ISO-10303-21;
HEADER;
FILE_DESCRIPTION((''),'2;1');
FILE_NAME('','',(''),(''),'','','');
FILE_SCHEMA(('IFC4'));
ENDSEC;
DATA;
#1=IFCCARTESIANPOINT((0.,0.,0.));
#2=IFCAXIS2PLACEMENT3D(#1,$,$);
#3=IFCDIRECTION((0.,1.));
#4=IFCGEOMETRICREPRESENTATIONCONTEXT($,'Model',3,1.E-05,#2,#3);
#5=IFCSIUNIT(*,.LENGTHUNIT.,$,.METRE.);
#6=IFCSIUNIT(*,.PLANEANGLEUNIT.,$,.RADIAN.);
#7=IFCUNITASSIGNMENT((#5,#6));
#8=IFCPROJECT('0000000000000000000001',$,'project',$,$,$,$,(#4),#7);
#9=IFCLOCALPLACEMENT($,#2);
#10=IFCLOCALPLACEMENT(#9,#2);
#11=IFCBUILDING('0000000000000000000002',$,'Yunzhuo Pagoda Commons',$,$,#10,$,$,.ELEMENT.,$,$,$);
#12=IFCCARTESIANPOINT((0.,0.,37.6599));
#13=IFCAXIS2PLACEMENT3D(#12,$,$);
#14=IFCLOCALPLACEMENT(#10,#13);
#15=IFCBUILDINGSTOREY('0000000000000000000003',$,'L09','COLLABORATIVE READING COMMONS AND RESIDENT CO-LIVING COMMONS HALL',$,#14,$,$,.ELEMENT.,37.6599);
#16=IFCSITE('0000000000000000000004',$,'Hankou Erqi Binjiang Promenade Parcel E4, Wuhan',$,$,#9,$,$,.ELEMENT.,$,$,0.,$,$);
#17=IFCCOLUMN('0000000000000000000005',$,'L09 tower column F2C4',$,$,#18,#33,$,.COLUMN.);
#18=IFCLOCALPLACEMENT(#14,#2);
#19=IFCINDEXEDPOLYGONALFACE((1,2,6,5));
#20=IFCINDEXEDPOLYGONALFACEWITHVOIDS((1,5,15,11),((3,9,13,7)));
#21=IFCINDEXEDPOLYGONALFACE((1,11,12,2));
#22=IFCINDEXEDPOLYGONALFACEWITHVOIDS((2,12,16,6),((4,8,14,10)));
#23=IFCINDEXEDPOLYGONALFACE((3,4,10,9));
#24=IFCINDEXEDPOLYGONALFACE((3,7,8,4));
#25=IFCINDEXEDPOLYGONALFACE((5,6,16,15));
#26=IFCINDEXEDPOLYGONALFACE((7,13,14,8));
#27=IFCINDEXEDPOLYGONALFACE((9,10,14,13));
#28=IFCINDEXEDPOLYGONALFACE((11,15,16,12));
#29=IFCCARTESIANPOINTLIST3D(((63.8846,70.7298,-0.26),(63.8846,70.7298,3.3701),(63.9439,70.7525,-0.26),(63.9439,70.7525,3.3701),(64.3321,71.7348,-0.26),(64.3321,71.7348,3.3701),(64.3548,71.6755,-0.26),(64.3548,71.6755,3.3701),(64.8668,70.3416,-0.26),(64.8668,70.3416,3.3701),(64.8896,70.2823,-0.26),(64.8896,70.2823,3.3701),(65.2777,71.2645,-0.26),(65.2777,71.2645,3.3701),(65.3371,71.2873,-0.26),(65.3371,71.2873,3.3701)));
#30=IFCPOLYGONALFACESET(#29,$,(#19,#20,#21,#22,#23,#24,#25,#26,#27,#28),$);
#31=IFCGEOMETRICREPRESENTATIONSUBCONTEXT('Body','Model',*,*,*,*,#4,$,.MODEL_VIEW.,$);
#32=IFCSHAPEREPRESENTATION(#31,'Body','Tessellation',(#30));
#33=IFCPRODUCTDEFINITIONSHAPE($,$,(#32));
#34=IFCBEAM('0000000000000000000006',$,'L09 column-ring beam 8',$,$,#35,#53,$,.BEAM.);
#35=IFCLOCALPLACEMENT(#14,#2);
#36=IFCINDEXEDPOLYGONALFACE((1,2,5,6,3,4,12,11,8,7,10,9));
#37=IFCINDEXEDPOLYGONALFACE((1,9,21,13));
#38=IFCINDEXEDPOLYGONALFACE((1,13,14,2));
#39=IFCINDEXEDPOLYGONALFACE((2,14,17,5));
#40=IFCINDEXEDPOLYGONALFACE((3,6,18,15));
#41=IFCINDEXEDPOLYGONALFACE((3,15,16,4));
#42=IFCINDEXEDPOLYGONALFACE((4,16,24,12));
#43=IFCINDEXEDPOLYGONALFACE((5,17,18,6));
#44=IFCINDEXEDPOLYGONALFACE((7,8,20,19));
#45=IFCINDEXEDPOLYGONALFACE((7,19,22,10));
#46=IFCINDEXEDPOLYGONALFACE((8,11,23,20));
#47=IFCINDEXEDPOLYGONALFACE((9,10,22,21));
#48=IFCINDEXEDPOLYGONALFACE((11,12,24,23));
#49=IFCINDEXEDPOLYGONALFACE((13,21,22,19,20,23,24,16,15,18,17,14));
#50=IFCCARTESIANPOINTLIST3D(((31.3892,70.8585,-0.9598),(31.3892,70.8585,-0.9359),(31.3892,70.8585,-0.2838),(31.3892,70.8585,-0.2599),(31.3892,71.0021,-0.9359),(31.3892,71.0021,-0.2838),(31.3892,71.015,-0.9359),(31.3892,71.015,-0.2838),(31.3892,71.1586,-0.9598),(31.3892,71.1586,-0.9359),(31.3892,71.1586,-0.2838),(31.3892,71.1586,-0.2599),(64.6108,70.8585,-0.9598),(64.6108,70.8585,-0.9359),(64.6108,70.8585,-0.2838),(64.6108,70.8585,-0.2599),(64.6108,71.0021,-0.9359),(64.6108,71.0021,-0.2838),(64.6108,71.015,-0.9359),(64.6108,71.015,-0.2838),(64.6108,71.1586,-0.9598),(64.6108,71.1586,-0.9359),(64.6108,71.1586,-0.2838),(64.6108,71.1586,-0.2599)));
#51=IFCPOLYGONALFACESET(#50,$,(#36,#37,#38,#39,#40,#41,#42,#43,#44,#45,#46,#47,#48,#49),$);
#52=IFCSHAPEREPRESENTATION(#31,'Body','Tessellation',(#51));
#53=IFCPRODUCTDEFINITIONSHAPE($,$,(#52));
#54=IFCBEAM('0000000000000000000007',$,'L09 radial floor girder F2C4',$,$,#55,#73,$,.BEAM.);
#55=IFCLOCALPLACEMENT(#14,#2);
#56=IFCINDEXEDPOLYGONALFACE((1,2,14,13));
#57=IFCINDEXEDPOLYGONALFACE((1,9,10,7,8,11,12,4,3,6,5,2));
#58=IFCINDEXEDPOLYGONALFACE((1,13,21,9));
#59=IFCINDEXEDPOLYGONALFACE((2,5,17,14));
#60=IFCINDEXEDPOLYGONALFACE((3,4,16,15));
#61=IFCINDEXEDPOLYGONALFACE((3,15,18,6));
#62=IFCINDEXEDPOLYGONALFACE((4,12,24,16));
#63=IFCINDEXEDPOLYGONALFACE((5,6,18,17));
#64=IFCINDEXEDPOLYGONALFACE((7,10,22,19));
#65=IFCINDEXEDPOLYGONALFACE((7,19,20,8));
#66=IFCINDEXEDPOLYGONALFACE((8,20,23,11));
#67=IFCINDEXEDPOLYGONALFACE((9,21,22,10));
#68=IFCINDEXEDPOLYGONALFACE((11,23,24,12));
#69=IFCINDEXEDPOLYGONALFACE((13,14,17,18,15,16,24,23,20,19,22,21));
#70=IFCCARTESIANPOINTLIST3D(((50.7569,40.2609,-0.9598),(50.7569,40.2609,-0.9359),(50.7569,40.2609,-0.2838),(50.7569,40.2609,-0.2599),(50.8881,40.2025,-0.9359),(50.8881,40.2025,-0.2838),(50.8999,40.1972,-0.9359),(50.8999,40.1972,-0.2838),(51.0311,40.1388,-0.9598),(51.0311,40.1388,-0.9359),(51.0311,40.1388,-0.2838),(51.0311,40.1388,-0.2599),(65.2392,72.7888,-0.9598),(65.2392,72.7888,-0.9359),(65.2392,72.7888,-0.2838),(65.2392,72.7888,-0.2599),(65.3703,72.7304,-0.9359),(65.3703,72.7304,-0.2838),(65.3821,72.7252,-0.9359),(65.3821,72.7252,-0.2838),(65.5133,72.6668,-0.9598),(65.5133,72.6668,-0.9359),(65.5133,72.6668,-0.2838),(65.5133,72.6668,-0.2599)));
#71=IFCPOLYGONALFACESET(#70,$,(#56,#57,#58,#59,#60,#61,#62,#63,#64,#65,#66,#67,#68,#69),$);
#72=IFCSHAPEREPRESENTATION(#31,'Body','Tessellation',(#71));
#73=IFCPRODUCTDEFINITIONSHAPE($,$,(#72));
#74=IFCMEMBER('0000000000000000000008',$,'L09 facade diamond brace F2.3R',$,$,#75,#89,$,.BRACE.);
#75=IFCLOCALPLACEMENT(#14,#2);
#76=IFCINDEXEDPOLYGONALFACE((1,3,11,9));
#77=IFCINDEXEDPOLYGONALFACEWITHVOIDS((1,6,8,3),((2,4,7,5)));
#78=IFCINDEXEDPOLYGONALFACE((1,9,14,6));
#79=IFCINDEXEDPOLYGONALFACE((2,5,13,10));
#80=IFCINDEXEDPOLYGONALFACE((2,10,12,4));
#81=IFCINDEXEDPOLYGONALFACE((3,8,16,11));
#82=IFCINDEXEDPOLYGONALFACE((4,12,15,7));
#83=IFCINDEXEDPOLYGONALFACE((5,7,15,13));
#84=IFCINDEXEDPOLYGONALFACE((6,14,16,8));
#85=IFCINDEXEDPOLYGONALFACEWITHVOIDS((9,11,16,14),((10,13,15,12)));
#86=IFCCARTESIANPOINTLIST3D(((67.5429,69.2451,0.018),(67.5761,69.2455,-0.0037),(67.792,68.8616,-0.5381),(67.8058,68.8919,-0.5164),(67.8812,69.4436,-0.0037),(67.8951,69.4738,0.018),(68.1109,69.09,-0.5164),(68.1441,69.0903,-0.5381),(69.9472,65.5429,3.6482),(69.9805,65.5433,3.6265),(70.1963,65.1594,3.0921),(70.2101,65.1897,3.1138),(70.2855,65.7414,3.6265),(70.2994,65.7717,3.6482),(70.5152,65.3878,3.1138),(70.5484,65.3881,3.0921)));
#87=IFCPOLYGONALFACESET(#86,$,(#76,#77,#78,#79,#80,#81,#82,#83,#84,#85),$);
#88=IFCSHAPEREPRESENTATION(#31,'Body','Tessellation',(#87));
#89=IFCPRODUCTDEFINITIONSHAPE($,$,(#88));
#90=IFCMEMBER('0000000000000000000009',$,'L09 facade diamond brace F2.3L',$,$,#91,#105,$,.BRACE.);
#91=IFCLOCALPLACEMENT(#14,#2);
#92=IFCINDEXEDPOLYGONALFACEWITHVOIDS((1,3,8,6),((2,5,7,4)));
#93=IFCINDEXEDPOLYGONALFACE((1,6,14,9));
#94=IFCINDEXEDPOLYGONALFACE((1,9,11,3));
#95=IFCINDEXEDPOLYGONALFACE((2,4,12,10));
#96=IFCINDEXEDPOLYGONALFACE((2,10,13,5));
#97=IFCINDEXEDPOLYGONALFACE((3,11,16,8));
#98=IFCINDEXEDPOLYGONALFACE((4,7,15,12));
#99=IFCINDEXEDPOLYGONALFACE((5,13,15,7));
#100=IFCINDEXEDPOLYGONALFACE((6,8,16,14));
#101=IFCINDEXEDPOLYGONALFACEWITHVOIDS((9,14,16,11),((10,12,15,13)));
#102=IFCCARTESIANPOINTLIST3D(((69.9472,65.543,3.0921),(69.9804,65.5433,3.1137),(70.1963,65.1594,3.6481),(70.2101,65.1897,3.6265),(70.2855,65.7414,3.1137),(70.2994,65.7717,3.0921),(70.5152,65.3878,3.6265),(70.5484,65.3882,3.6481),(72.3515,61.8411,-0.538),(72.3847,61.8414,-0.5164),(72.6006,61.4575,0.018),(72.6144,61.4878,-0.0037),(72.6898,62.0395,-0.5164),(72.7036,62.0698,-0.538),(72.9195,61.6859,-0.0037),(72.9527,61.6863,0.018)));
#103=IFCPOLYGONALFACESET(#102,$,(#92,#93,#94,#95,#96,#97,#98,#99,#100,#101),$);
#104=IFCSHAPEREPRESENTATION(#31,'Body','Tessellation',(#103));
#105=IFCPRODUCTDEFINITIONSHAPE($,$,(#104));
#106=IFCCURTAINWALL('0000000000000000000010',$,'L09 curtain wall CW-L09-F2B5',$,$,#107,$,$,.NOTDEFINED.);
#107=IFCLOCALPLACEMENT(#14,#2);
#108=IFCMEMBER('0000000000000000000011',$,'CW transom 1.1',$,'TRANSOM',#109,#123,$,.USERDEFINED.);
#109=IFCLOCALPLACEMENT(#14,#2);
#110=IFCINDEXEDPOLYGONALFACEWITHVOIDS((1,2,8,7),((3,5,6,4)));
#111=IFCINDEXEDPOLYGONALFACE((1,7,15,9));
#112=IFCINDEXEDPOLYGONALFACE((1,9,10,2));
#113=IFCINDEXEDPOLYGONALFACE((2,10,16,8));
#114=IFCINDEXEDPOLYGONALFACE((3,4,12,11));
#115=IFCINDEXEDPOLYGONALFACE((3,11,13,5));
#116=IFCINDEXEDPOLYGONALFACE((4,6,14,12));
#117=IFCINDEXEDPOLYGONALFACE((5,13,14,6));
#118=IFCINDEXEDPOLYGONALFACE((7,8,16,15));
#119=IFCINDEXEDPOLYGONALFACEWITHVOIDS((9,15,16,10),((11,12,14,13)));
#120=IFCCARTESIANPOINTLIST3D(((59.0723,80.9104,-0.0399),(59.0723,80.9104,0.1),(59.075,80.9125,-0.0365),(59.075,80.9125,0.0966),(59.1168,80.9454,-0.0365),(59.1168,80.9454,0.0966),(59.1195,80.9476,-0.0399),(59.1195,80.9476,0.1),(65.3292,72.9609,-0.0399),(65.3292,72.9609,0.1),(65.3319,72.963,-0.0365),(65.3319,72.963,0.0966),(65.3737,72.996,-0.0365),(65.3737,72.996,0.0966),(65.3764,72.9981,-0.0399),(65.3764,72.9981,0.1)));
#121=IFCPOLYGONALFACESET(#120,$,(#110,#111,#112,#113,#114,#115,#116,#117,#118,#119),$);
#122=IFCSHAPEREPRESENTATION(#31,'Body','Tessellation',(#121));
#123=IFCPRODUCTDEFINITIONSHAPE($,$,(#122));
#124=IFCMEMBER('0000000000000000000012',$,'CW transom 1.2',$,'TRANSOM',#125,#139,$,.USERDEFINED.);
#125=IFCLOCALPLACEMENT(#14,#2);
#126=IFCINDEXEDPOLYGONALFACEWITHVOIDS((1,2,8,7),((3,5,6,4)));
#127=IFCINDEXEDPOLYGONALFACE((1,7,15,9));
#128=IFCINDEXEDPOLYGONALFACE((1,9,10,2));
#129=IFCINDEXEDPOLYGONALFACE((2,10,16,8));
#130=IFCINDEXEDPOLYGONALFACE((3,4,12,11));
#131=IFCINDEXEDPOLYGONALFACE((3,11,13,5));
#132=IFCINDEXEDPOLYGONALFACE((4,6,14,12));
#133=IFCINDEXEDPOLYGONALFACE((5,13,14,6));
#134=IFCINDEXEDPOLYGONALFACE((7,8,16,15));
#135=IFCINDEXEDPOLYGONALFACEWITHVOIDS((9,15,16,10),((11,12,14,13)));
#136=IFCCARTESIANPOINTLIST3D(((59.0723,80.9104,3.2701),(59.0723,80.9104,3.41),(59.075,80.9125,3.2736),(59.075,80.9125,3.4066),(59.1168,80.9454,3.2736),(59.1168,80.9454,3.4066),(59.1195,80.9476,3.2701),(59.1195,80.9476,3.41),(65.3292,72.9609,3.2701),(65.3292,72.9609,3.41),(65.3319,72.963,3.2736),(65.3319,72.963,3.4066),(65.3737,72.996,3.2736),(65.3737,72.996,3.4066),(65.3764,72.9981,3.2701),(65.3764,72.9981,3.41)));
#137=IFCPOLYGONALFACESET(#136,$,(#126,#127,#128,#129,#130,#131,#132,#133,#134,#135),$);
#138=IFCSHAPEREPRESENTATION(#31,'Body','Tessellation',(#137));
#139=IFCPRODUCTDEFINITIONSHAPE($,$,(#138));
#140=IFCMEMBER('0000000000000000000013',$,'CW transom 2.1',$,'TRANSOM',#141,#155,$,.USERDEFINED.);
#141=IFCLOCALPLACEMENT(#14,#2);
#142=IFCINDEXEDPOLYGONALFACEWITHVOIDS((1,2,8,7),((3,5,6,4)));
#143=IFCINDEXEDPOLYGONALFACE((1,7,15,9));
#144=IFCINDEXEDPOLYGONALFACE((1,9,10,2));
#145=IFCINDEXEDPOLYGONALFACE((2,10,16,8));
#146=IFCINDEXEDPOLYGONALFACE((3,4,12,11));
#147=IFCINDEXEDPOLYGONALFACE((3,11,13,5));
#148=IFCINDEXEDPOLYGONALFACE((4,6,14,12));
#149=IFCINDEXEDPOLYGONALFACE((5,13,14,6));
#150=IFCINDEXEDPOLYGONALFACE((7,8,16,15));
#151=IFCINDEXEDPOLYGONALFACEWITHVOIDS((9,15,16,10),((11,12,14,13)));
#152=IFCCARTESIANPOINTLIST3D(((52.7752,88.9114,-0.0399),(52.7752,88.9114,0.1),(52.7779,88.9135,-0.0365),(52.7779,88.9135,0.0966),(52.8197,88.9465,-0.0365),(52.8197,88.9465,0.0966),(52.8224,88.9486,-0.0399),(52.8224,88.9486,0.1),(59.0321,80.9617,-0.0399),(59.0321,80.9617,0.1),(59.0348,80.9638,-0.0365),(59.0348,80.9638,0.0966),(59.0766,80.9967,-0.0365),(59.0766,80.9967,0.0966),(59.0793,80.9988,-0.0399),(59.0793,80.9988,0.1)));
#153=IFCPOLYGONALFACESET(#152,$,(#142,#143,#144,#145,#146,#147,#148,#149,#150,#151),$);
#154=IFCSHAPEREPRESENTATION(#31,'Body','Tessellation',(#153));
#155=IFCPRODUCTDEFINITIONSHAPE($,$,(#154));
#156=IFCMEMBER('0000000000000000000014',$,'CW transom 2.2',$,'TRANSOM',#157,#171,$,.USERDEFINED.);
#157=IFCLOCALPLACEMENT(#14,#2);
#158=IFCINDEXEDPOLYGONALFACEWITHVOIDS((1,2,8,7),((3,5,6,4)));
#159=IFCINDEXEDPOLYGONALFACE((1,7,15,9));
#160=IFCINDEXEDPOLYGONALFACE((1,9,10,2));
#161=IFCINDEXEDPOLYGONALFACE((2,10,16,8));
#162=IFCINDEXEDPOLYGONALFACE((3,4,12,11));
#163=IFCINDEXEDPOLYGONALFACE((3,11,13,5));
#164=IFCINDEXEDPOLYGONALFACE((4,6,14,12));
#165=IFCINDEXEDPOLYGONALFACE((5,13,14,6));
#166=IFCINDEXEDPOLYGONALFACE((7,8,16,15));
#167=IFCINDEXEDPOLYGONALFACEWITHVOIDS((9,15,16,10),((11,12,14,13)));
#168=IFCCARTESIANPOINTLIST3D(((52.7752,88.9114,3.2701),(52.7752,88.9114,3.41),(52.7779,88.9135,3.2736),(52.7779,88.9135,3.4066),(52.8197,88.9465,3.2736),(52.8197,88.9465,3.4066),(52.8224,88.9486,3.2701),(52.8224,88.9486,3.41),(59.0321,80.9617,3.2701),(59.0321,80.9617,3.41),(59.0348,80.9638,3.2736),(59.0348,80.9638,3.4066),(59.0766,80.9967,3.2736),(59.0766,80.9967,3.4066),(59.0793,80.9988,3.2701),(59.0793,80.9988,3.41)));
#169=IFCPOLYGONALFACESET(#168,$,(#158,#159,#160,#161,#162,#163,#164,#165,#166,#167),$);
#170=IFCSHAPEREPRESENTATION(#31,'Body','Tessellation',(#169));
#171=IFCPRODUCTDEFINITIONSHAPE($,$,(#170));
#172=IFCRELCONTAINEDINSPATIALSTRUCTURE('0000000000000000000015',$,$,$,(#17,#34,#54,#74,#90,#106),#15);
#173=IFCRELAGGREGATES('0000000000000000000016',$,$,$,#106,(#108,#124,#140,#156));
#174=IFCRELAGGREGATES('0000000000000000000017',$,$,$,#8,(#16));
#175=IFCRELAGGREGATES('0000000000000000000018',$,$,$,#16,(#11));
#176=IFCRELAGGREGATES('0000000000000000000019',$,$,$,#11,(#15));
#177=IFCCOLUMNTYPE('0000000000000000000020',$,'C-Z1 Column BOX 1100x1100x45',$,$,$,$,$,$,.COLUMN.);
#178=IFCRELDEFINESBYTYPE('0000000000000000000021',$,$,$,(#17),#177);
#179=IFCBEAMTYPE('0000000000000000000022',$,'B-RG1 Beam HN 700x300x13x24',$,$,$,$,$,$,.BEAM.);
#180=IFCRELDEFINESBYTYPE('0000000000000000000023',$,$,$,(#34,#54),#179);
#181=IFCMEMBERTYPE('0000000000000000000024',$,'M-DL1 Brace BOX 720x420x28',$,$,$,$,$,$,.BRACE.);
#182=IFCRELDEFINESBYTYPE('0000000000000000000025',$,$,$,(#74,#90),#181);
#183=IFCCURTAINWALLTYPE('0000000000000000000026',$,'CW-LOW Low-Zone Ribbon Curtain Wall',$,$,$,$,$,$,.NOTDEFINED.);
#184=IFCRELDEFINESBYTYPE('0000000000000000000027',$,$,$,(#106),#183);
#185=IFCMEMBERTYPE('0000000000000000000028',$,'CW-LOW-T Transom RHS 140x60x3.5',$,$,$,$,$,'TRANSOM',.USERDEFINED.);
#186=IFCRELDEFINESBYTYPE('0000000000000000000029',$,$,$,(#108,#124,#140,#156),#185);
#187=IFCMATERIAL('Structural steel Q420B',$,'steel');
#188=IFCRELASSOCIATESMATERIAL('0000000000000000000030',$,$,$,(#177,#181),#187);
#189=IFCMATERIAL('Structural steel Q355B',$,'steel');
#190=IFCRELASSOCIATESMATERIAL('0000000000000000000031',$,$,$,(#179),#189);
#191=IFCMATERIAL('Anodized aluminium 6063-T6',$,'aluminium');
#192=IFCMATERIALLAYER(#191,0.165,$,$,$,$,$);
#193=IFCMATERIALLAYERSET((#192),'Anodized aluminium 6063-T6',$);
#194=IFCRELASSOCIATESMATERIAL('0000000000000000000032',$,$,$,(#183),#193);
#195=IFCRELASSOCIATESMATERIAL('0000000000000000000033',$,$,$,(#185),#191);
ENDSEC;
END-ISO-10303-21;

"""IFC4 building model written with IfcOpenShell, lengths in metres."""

from ifc_helpers import new_model, si_unit, direction, frame, origin, origin_2d, place, context, subcontext, project, spatial, hollow_rectangle, i_section, extrude, source, transform, mapped, material, layer, layer_set, material_profile, profile_set, type_object, element, aggregate, save


model = new_model("IFC4")

# Units and contexts
model_context = context("Model", 3, precision=1e-05, world=origin(), true_north=direction((0.0, 1.0)))
body_context = subcontext(model_context, "Body", "Model", "MODEL_VIEW")
ifc_project = project(units=[si_unit("LENGTHUNIT", "METRE"), si_unit("PLANEANGLEUNIT", "RADIAN")], contexts=[model_context])

# Site, building, storey
site_placement = place(None, origin())
site = spatial("IfcSite", under=ifc_project, at=site_placement, Name="Hankou Erqi Binjiang Promenade Parcel E4, Wuhan", CompositionType="ELEMENT", RefElevation=0.0)
building_placement = place(site_placement, origin())
building = spatial("IfcBuilding", under=site, at=building_placement, Name="Yunzhuo Pagoda Commons", CompositionType="ELEMENT")
storey_placement = place(building_placement, frame((0.0, 0.0, 37.6599)))
storey = spatial("IfcBuildingStorey", under=building, at=storey_placement, Name="L09", Description="COLLABORATIVE READING COMMONS AND RESIDENT CO-LIVING COMMONS HALL", CompositionType="ELEMENT", Elevation=37.6599)

# Column
ifc_material_1 = material(Name="Structural steel Q420B", Category="steel")
ifc_material_profile_1 = material_profile(ifc_material_1, hollow_rectangle(XDim=1.1001, YDim=1.1001, WallThickness=0.0449, at=origin_2d()), Name="Structural steel Q420B")
ifc_profile_set_1 = profile_set([ifc_material_profile_1], Name="Structural steel Q420B")
column_type = type_object("IfcColumnType", Name="C-Z1 Column BOX 1100x1100x45", PredefinedType="COLUMN", material=ifc_profile_set_1)
shared_shape_1 = source(origin(), body_context, "Body", "SweptSolid", [
    extrude(hollow_rectangle(XDim=1.1001, YDim=1.1001, WallThickness=0.0449, at=origin_2d()), origin(), (0.0, 0.0, 1.0), 3.6301),
])
column_placement = place(storey_placement, frame((64.6108, 71.0085, -0.26), z_axis=(0.0, 0.0, 1.0), x_axis=(-0.913545, 0.406737, 0.0)))
element("IfcColumn", 1, at=column_placement, inside=storey, type_object=column_type, Name="L09 tower column F2C4", PredefinedType="COLUMN", context=body_context, shape_type="MappedRepresentation", body=[
    mapped(shared_shape_1, transform((0.0, 0.0, 0.0), scale=1.0)),
])

# Beams
ifc_material_2 = material(Name="Structural steel Q355B", Category="steel")
ifc_material_profile_2 = material_profile(ifc_material_2, i_section(OverallWidth=0.3, OverallDepth=0.7, WebThickness=0.0129, FlangeThickness=0.0239, at=origin_2d()), Name="Structural steel Q355B")
ifc_profile_set_2 = profile_set([ifc_material_profile_2], Name="Structural steel Q355B")
beam_type = type_object("IfcBeamType", Name="B-RG1 Beam HN 700x300x13x24", PredefinedType="BEAM", material=ifc_profile_set_2)
shared_shape_2 = source(origin(), body_context, "Body", "SweptSolid", [
    extrude(i_section(OverallWidth=0.3, OverallDepth=0.7, WebThickness=0.0129, FlangeThickness=0.0239, at=origin_2d()), origin(), (0.0, 0.0, 1.0), 33.2217),
])
beam_1_placement = place(storey_placement, frame((64.6108, 71.0085, -0.6099), z_axis=(-1.0, 0.0, 0.0), x_axis=(0.0, -1.0, 0.0)))
element("IfcBeam", 2, at=beam_1_placement, inside=storey, type_object=beam_type, Name="L09 column-ring beam 8", PredefinedType="BEAM", context=body_context, shape_type="MappedRepresentation", body=[
    mapped(shared_shape_2, transform((0.0, 0.0, 0.0), scale=1.0)),
])
shared_shape_3 = source(origin(), body_context, "Body", "SweptSolid", [
    extrude(i_section(OverallWidth=0.3, OverallDepth=0.7, WebThickness=0.0129, FlangeThickness=0.0239, at=origin_2d()), origin(), (0.0, 0.0, 1.0), 35.6062),
])
beam_2_placement = place(storey_placement, frame((65.3762, 72.7278, -0.6099), z_axis=(-0.406733, -0.913547, 0.0), x_axis=(0.913547, -0.406733, 0.0)))
element("IfcBeam", 3, at=beam_2_placement, inside=storey, type_object=beam_type, Name="L09 radial floor girder F2C4", PredefinedType="BEAM", context=body_context, shape_type="MappedRepresentation", body=[
    mapped(shared_shape_3, transform((0.0, 0.0, 0.0), scale=1.0)),
])

# Members
ifc_material_profile_3 = material_profile(ifc_material_1, hollow_rectangle(XDim=0.4199, YDim=0.72, WallThickness=0.0281, at=origin_2d()), Name="Structural steel Q420B")
ifc_profile_set_3 = profile_set([ifc_material_profile_3], Name="Structural steel Q420B")
member_type_1 = type_object("IfcMemberType", Name="M-DL1 Brace BOX 720x420x28", PredefinedType="BRACE", material=ifc_profile_set_3)
shared_shape_4 = source(origin(), body_context, "Body", "SweptSolid", [
    extrude(hollow_rectangle(XDim=0.4199, YDim=0.72, WallThickness=0.0281, at=origin_2d()), origin(), (0.0, 0.0, 1.0), 5.7153),
])
member_1_placement = place(storey_placement, frame((67.8435, 69.1677, -0.26), z_axis=(0.420679, -0.647764, 0.635162), x_axis=(0.838661, 0.544654, 0.0)))
element("IfcMember", 4, at=member_1_placement, inside=storey, type_object=member_type_1, Name="L09 facade diamond brace F2.3R", PredefinedType="BRACE", context=body_context, shape_type="MappedRepresentation", body=[
    mapped(shared_shape_4, transform((0.0, 0.0, 0.0), scale=1.0)),
])
shared_shape_5 = source(origin(), body_context, "Body", "SweptSolid", [
    extrude(hollow_rectangle(XDim=0.4199, YDim=0.72, WallThickness=0.0281, at=origin_2d()), origin(), (0.0, 0.0, 1.0), 5.7151),
])
member_2_placement = place(storey_placement, frame((72.6521, 61.7637, -0.26), z_axis=(-0.420691, 0.647739, 0.63518), x_axis=(-0.838644, -0.544679, 0.0)))
element("IfcMember", 5, at=member_2_placement, inside=storey, type_object=member_type_1, Name="L09 facade diamond brace F2.3L", PredefinedType="BRACE", context=body_context, shape_type="MappedRepresentation", body=[
    mapped(shared_shape_5, transform((0.0, 0.0, 0.0), scale=1.0)),
])

# Curtain wall, members
ifc_material_3 = material(Name="Anodized aluminium 6063-T6", Category="aluminium")
ifc_layer_1 = layer(ifc_material_3, 0.165)
ifc_layer_set_1 = layer_set([ifc_layer_1], Name="Anodized aluminium 6063-T6")
curtain_wall_type = type_object("IfcCurtainWallType", Name="CW-LOW Low-Zone Ribbon Curtain Wall", PredefinedType="NOTDEFINED", material=ifc_layer_set_1)
curtain_wall_1_placement = place(storey_placement, origin())
curtain_wall_1 = element("IfcCurtainWall", 6, at=curtain_wall_1_placement, inside=storey, type_object=curtain_wall_type, Name="L09 curtain wall CW-L09-F2B5", PredefinedType="NOTDEFINED")
ifc_material_profile_4 = material_profile(ifc_material_3, hollow_rectangle(XDim=0.0601, YDim=0.1399, WallThickness=0.0034, at=origin_2d()), Name="Anodized aluminium 6063-T6")
ifc_profile_set_4 = profile_set([ifc_material_profile_4], Name="Anodized aluminium 6063-T6")
member_type_2 = type_object("IfcMemberType", Name="CW-LOW-T Transom RHS 140x60x3.5", ElementType="TRANSOM", PredefinedType="USERDEFINED", material=ifc_profile_set_4)
shared_shape_6 = source(origin(), body_context, "Body", "SweptSolid", [
    extrude(hollow_rectangle(XDim=0.0601, YDim=0.1399, WallThickness=0.0034, at=origin_2d()), origin(), (0.0, 0.0, 1.0), 10.1165),
])
member_3_placement = place(storey_placement, frame((65.3528, 72.9795, 0.03), z_axis=(-0.618483, 0.785798, 0.0), x_axis=(-0.785798, -0.618483, 0.0)))
member_3 = element("IfcMember", 7, at=member_3_placement, type_object=member_type_2, Name="CW transom 1.1", ObjectType="TRANSOM", PredefinedType="USERDEFINED", context=body_context, shape_type="MappedRepresentation", body=[
    mapped(shared_shape_6, transform((0.0, 0.0, 0.0), scale=1.0)),
])
member_4_placement = place(storey_placement, frame((65.3528, 72.9795, 3.3401), z_axis=(-0.618483, 0.785798, 0.0), x_axis=(-0.785798, -0.618483, 0.0)))
member_4 = element("IfcMember", 8, at=member_4_placement, type_object=member_type_2, Name="CW transom 1.2", ObjectType="TRANSOM", PredefinedType="USERDEFINED", context=body_context, shape_type="MappedRepresentation", body=[
    mapped(shared_shape_6, transform((0.0, 0.0, 0.0), scale=1.0)),
])
shared_shape_7 = source(origin(), body_context, "Body", "SweptSolid", [
    extrude(hollow_rectangle(XDim=0.0601, YDim=0.1399, WallThickness=0.0034, at=origin_2d()), origin(), (0.0, 0.0, 1.0), 10.1167),
])
member_5_placement = place(storey_placement, frame((59.0557, 80.9802, 0.03), z_axis=(-0.618471, 0.785807, 0.0), x_axis=(-0.785807, -0.618471, 0.0)))
member_5 = element("IfcMember", 9, at=member_5_placement, type_object=member_type_2, Name="CW transom 2.1", ObjectType="TRANSOM", PredefinedType="USERDEFINED", context=body_context, shape_type="MappedRepresentation", body=[
    mapped(shared_shape_7, transform((0.0, 0.0, 0.0), scale=1.0)),
])
member_6_placement = place(storey_placement, frame((59.0557, 80.9802, 3.3401), z_axis=(-0.618471, 0.785807, 0.0), x_axis=(-0.785807, -0.618471, 0.0)))
member_6 = element("IfcMember", 10, at=member_6_placement, type_object=member_type_2, Name="CW transom 2.2", ObjectType="TRANSOM", PredefinedType="USERDEFINED", context=body_context, shape_type="MappedRepresentation", body=[
    mapped(shared_shape_7, transform((0.0, 0.0, 0.0), scale=1.0)),
])

aggregate(curtain_wall_1, [member_3, member_4, member_5, member_6])

save(model, "model.ifc")
